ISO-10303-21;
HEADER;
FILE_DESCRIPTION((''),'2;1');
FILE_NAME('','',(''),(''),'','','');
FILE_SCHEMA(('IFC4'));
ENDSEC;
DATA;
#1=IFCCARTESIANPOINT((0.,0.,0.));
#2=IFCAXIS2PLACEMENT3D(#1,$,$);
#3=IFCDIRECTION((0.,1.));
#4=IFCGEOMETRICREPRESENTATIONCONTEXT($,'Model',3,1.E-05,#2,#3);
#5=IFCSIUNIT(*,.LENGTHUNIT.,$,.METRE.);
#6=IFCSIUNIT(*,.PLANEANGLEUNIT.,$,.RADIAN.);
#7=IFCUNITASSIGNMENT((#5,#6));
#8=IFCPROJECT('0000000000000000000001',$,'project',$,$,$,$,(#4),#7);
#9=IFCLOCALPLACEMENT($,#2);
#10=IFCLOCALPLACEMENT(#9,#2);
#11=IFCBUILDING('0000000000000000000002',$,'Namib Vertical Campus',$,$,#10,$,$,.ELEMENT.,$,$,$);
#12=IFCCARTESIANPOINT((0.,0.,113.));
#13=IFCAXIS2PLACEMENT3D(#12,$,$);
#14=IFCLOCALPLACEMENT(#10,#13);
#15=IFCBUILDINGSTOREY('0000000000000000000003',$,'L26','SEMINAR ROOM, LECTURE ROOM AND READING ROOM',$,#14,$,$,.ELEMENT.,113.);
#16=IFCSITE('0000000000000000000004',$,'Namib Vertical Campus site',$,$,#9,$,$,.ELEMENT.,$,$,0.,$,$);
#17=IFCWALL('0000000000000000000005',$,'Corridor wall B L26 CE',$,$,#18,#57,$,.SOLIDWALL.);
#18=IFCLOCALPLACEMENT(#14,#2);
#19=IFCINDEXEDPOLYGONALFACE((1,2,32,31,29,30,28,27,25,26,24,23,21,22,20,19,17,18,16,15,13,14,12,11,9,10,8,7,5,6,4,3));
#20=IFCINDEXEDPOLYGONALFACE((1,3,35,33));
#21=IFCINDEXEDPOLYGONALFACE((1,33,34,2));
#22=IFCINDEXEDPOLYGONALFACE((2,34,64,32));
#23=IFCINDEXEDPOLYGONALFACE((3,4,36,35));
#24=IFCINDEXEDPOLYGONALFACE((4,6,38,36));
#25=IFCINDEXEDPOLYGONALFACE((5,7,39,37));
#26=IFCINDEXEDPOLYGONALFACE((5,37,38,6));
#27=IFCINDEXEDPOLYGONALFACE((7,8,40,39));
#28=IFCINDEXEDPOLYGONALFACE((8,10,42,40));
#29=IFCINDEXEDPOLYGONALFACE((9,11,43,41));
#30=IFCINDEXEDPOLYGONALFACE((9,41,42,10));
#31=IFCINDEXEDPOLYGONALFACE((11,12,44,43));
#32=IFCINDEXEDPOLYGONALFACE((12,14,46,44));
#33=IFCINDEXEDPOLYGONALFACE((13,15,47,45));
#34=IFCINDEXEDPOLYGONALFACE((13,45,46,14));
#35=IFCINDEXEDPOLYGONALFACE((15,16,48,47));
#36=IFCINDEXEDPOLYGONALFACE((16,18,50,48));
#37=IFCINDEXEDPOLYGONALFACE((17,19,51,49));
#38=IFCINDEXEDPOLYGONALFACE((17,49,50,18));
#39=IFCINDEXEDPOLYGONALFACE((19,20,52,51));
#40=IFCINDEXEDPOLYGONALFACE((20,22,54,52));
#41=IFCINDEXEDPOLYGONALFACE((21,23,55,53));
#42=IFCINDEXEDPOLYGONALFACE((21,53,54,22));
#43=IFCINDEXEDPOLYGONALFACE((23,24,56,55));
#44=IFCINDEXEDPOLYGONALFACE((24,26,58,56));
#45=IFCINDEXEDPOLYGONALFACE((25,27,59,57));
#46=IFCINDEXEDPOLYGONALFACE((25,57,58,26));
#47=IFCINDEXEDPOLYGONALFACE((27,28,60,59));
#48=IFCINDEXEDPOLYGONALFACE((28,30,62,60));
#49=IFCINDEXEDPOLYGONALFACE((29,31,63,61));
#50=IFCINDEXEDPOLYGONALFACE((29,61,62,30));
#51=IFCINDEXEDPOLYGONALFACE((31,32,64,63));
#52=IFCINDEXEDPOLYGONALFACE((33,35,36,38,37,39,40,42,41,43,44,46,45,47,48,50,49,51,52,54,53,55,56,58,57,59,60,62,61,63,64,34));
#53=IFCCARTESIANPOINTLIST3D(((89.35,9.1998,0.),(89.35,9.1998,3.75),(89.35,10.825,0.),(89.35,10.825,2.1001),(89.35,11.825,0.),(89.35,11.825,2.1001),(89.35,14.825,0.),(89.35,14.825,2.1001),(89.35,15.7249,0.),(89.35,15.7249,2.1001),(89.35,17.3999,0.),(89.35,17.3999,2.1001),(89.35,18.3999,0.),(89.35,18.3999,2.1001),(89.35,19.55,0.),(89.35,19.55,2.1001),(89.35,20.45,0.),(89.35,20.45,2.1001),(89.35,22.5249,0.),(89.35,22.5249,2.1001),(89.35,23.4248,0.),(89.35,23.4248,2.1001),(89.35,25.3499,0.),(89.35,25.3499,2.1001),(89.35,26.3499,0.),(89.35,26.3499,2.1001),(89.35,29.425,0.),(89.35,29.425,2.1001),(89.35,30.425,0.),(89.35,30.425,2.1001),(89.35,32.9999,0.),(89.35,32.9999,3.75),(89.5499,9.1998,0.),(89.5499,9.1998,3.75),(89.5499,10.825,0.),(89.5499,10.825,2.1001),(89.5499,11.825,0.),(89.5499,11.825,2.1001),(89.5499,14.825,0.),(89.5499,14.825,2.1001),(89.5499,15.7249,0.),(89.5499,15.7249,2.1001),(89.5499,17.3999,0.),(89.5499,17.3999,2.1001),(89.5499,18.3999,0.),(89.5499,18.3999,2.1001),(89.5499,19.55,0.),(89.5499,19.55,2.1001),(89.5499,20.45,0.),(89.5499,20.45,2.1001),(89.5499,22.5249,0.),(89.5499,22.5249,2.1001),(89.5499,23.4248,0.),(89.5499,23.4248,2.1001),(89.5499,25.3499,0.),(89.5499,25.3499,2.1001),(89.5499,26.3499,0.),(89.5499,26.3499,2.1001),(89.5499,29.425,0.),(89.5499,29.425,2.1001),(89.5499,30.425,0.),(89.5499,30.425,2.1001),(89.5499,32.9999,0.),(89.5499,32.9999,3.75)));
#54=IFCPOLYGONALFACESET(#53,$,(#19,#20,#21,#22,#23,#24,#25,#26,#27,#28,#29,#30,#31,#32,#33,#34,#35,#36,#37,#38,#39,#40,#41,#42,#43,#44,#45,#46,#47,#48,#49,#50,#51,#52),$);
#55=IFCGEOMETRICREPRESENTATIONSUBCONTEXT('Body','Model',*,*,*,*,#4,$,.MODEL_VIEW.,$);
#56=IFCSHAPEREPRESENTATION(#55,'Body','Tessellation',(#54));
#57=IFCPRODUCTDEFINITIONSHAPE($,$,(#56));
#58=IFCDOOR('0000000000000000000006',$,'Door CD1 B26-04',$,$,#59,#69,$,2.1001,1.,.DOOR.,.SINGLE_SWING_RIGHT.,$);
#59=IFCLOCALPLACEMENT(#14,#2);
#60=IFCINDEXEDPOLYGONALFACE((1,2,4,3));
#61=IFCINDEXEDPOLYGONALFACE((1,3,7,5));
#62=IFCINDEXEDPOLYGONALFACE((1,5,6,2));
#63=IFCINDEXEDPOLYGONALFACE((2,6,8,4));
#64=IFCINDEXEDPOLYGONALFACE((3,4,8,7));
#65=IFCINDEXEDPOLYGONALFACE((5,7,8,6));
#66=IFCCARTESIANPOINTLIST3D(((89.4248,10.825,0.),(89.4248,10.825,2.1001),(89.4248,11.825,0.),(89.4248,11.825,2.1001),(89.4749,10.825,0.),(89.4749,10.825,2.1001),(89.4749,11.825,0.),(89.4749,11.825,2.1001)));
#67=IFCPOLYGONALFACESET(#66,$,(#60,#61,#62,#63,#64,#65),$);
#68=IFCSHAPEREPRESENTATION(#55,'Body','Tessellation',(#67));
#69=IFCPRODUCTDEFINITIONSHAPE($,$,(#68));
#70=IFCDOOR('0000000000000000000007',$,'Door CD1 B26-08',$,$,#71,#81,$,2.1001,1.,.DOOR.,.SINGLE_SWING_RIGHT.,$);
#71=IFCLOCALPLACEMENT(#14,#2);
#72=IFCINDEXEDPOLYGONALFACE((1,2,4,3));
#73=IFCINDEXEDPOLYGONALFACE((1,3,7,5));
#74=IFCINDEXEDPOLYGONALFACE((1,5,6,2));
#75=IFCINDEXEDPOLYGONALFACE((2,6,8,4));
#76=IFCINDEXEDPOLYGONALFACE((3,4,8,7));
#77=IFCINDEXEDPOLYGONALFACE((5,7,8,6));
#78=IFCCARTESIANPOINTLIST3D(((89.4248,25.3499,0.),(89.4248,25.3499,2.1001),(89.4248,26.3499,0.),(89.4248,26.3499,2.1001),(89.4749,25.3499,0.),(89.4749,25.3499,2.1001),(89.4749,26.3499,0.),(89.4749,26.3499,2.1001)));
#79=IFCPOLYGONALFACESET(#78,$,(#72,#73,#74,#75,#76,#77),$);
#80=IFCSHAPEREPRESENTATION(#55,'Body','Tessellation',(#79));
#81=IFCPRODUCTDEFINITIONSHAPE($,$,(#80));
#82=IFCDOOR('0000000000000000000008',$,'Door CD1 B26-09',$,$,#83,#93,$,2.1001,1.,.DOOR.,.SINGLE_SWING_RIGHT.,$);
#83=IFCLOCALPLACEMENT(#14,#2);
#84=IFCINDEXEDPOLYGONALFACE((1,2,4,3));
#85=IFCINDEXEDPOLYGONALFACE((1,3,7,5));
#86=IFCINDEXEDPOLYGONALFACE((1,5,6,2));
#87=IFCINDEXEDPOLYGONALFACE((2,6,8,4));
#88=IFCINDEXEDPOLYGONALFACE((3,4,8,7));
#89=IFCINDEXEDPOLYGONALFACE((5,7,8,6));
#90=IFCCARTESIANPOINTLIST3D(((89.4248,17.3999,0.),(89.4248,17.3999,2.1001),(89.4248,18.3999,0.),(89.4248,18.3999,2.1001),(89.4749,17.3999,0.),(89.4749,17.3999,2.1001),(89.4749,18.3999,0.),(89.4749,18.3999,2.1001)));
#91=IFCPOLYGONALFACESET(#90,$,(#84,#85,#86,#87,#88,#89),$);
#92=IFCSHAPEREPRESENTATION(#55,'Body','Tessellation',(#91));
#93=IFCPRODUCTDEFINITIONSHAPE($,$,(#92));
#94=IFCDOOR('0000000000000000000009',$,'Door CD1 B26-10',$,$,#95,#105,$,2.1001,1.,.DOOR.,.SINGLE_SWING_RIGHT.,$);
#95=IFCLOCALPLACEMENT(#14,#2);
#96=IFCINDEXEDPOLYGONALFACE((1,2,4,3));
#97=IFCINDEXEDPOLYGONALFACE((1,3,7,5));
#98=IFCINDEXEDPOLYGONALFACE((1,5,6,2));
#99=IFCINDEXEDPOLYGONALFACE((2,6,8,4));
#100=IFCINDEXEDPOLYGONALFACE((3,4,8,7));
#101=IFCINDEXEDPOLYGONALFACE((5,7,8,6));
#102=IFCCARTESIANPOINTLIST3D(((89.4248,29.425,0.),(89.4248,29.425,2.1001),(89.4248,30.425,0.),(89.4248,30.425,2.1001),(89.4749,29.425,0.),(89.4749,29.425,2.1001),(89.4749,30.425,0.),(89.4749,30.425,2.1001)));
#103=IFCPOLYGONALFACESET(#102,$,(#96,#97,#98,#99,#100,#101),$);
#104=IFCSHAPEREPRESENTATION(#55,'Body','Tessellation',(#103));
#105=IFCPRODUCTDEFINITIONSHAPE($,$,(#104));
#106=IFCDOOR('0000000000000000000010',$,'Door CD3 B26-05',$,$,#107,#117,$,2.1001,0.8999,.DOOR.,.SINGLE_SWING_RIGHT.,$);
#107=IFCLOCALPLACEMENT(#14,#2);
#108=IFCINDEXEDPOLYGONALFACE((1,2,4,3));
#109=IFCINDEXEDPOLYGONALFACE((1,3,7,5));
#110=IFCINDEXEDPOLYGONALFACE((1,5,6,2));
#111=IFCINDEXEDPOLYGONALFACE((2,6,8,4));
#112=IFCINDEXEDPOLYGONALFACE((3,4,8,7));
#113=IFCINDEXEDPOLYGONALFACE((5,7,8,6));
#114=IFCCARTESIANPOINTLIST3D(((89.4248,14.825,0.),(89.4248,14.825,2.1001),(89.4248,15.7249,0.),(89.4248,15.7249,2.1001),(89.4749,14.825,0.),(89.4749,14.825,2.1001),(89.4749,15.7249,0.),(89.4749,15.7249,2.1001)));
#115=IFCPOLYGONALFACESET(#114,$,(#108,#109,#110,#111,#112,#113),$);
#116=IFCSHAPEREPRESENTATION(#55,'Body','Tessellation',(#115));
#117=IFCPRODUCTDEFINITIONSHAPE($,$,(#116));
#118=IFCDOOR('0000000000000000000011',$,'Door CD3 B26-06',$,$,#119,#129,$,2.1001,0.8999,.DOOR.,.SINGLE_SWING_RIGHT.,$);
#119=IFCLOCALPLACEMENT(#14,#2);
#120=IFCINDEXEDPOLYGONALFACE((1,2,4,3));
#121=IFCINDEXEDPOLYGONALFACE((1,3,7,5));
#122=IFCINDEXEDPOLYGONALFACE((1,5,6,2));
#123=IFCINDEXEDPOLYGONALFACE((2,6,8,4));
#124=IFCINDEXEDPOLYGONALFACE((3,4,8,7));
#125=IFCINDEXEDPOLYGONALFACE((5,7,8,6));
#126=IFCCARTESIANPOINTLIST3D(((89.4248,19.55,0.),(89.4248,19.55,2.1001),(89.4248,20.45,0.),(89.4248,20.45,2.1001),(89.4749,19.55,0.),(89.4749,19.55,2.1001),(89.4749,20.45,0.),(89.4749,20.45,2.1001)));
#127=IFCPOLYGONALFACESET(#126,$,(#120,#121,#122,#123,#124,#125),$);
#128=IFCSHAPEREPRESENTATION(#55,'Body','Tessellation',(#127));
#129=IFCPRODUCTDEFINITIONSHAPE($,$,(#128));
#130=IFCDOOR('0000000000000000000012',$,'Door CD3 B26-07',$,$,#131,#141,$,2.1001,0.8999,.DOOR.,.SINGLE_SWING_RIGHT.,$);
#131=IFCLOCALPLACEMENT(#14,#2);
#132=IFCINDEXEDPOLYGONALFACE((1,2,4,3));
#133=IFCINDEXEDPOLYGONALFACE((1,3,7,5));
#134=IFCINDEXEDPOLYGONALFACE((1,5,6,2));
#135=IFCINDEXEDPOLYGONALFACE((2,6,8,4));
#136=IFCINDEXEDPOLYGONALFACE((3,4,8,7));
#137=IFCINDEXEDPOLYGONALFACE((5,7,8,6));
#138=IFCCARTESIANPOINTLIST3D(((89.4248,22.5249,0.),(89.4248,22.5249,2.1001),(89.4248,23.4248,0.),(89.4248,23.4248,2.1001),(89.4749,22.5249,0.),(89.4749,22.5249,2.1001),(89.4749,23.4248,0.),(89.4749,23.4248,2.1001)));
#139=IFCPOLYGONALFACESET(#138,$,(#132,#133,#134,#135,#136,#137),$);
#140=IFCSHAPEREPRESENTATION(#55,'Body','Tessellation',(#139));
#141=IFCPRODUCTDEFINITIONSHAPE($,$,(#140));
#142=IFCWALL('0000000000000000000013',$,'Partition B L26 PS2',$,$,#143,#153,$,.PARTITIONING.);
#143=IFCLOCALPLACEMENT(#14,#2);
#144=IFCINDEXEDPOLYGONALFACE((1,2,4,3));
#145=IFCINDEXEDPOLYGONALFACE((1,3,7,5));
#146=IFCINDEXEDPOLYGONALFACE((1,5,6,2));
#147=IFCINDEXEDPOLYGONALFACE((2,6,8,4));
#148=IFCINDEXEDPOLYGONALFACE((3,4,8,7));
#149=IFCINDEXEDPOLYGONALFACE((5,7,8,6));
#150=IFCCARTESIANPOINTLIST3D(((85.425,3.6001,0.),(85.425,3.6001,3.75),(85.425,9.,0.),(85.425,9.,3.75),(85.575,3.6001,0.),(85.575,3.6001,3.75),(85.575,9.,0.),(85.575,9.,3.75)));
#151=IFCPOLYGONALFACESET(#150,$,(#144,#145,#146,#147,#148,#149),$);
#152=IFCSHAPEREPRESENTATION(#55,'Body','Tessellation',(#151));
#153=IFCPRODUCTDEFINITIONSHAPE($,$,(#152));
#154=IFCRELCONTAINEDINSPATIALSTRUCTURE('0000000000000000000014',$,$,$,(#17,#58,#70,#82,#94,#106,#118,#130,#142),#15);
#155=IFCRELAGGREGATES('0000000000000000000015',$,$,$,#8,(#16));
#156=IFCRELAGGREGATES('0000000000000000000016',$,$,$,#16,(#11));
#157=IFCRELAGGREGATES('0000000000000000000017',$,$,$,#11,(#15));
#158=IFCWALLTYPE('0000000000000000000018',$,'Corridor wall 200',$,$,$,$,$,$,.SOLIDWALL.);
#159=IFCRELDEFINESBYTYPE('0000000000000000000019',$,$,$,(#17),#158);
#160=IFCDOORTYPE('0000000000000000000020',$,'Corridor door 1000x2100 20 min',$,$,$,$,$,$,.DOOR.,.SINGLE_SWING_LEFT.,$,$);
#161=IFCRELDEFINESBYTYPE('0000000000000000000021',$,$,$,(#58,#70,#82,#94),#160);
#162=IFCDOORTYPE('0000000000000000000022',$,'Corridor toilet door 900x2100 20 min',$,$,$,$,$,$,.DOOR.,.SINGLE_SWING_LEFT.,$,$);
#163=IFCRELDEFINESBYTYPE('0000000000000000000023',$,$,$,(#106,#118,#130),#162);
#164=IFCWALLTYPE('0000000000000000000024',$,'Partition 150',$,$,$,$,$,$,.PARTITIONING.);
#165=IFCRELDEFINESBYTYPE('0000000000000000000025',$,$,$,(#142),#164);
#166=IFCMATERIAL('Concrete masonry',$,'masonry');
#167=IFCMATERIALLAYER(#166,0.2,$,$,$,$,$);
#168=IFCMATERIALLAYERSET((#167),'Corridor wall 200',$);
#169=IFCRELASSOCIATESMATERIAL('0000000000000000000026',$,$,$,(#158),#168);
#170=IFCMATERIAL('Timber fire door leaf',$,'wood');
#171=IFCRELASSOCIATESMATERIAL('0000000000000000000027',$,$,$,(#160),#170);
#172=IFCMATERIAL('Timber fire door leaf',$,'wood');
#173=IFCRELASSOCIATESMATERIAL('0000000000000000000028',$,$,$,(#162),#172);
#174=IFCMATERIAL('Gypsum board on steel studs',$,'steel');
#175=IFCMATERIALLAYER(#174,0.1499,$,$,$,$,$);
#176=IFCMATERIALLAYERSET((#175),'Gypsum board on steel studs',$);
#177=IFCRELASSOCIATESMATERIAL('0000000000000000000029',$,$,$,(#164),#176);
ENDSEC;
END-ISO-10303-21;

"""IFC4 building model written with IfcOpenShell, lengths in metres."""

from ifc_helpers import new_model, si_unit, direction, frame, frame_2d, origin, place, context, subcontext, project, spatial, rectangle, extrude, material, layer, layer_set, type_object, element, fill, save


model = new_model("IFC4")

# Units and contexts
model_context = context("Model", 3, precision=1e-05, world=origin(), true_north=direction((0.0, 1.0)))
body_context = subcontext(model_context, "Body", "Model", "MODEL_VIEW")
ifc_project = project(units=[si_unit("LENGTHUNIT", "METRE"), si_unit("PLANEANGLEUNIT", "RADIAN")], contexts=[model_context])

# Site, building, storey
site_placement = place(None, origin())
site = spatial("IfcSite", under=ifc_project, at=site_placement, Name="Namib Vertical Campus site", CompositionType="ELEMENT", RefElevation=0.0)
building_placement = place(site_placement, origin())
building = spatial("IfcBuilding", under=site, at=building_placement, Name="Namib Vertical Campus", CompositionType="ELEMENT")
storey_placement = place(building_placement, frame((0.0, 0.0, 113.0)))
storey = spatial("IfcBuildingStorey", under=building, at=storey_placement, Name="L26", Description="SEMINAR ROOM, LECTURE ROOM AND READING ROOM", CompositionType="ELEMENT", Elevation=113.0)

# Wall, openings, doors
ifc_material_1 = material(Name="Concrete masonry", Category="masonry")
ifc_layer_1 = layer(ifc_material_1, 0.2)
ifc_layer_set_1 = layer_set([ifc_layer_1], Name="Corridor wall 200")
wall_type_1 = type_object("IfcWallType", Name="Corridor wall 200", PredefinedType="SOLIDWALL", material=ifc_layer_set_1)
wall_1_placement = place(storey_placement, frame((89.45, 9.2, 0.0), z_axis=(0.0, 0.0, 1.0), x_axis=(0.0, 1.0, 0.0)))
wall_1 = element("IfcWall", 1, at=wall_1_placement, inside=storey, type_object=wall_type_1, Name="Corridor wall B L26 CE", PredefinedType="SOLIDWALL", context=body_context, shape_type="SweptSolid", body=[
    extrude(rectangle(XDim=23.8, YDim=0.2, at=frame_2d((11.8999, 0.0))), origin(), (0.0, 0.0, 1.0), 3.75),
])
opening_1_placement = place(wall_1_placement, frame((1.625, 0.0, 0.0)))
opening_1 = element("IfcOpeningElement", 2, at=opening_1_placement, cuts=wall_1, PredefinedType="OPENING", context=body_context, shape_type="SweptSolid", body=[
    extrude(rectangle(XDim=1.0, YDim=2.1001, at=frame_2d((0.5, 1.05))), frame((0.0, 0.1099, 0.0), z_axis=(0.0, -1.0, 0.0), x_axis=(1.0, 0.0, 0.0)), (0.0, 0.0, 1.0), 0.22),
])
opening_2_placement = place(wall_1_placement, frame((5.625, 0.0, 0.0)))
opening_2 = element("IfcOpeningElement", 3, at=opening_2_placement, cuts=wall_1, PredefinedType="OPENING", context=body_context, shape_type="SweptSolid", body=[
    extrude(rectangle(XDim=0.8999, YDim=2.1001, at=frame_2d((0.45, 1.05))), frame((0.0, 0.1099, 0.0), z_axis=(0.0, -1.0, 0.0), x_axis=(1.0, 0.0, 0.0)), (0.0, 0.0, 1.0), 0.22),
])
opening_3_placement = place(wall_1_placement, frame((10.3501, 0.0, 0.0)))
opening_3 = element("IfcOpeningElement", 4, at=opening_3_placement, cuts=wall_1, PredefinedType="OPENING", context=body_context, shape_type="SweptSolid", body=[
    extrude(rectangle(XDim=0.8999, YDim=2.1001, at=frame_2d((0.45, 1.05))), frame((0.0, 0.1099, 0.0), z_axis=(0.0, -1.0, 0.0), x_axis=(1.0, 0.0, 0.0)), (0.0, 0.0, 1.0), 0.22),
])
opening_4_placement = place(wall_1_placement, frame((13.325, 0.0, 0.0)))
opening_4 = element("IfcOpeningElement", 5, at=opening_4_placement, cuts=wall_1, PredefinedType="OPENING", context=body_context, shape_type="SweptSolid", body=[
    extrude(rectangle(XDim=0.8999, YDim=2.1001, at=frame_2d((0.45, 1.05))), frame((0.0, 0.1099, 0.0), z_axis=(0.0, -1.0, 0.0), x_axis=(1.0, 0.0, 0.0)), (0.0, 0.0, 1.0), 0.22),
])
opening_5_placement = place(wall_1_placement, frame((16.1499, 0.0, 0.0)))
opening_5 = element("IfcOpeningElement", 6, at=opening_5_placement, cuts=wall_1, PredefinedType="OPENING", context=body_context, shape_type="SweptSolid", body=[
    extrude(rectangle(XDim=1.0, YDim=2.1001, at=frame_2d((0.5, 1.05))), frame((0.0, 0.1099, 0.0), z_axis=(0.0, -1.0, 0.0), x_axis=(1.0, 0.0, 0.0)), (0.0, 0.0, 1.0), 0.22),
])
opening_6_placement = place(wall_1_placement, frame((8.2, 0.0, 0.0)))
opening_6 = element("IfcOpeningElement", 7, at=opening_6_placement, cuts=wall_1, PredefinedType="OPENING", context=body_context, shape_type="SweptSolid", body=[
    extrude(rectangle(XDim=1.0, YDim=2.1001, at=frame_2d((0.5, 1.05))), frame((0.0, 0.1099, 0.0), z_axis=(0.0, -1.0, 0.0), x_axis=(1.0, 0.0, 0.0)), (0.0, 0.0, 1.0), 0.22),
])
opening_7_placement = place(wall_1_placement, frame((20.2251, 0.0, 0.0)))
opening_7 = element("IfcOpeningElement", 8, at=opening_7_placement, cuts=wall_1, PredefinedType="OPENING", context=body_context, shape_type="SweptSolid", body=[
    extrude(rectangle(XDim=1.0, YDim=2.1001, at=frame_2d((0.5, 1.05))), frame((0.0, 0.1099, 0.0), z_axis=(0.0, -1.0, 0.0), x_axis=(1.0, 0.0, 0.0)), (0.0, 0.0, 1.0), 0.22),
])
ifc_material_2 = material(Name="Timber fire door leaf", Category="wood")
door_type_1 = type_object("IfcDoorType", Name="Corridor door 1000x2100 20 min", OperationType="SINGLE_SWING_LEFT", PredefinedType="DOOR", material=ifc_material_2)
door_1_placement = place(opening_1_placement, frame((1.0, 0.0, 0.0), z_axis=(0.0, 0.0, 1.0), x_axis=(-1.0, 0.0, 0.0)))
door_1 = element("IfcDoor", 9, at=door_1_placement, inside=storey, type_object=door_type_1, Name="Door CD1 B26-04", OperationType="SINGLE_SWING_RIGHT", OverallHeight=2.1001, OverallWidth=1.0, PredefinedType="DOOR", context=body_context, shape_type="SweptSolid", body=[
    extrude(rectangle(XDim=1.0, YDim=2.1001, at=frame_2d((0.5, 1.05))), frame((0.0, 0.0249, 0.0), z_axis=(0.0, -1.0, 0.0), x_axis=(1.0, 0.0, 0.0)), (0.0, 0.0, 1.0), 0.05),
])
fill(opening_1, door_1)
door_2_placement = place(opening_5_placement, frame((1.0, 0.0, 0.0), z_axis=(0.0, 0.0, 1.0), x_axis=(-1.0, 0.0, 0.0)))
door_2 = element("IfcDoor", 10, at=door_2_placement, inside=storey, type_object=door_type_1, Name="Door CD1 B26-08", OperationType="SINGLE_SWING_RIGHT", OverallHeight=2.1001, OverallWidth=1.0, PredefinedType="DOOR", context=body_context, shape_type="SweptSolid", body=[
    extrude(rectangle(XDim=1.0, YDim=2.1001, at=frame_2d((0.5, 1.05))), frame((0.0, 0.0249, 0.0), z_axis=(0.0, -1.0, 0.0), x_axis=(1.0, 0.0, 0.0)), (0.0, 0.0, 1.0), 0.05),
])
fill(opening_5, door_2)
door_3_placement = place(opening_6_placement, frame((1.0, 0.0, 0.0), z_axis=(0.0, 0.0, 1.0), x_axis=(-1.0, 0.0, 0.0)))
door_3 = element("IfcDoor", 11, at=door_3_placement, inside=storey, type_object=door_type_1, Name="Door CD1 B26-09", OperationType="SINGLE_SWING_RIGHT", OverallHeight=2.1001, OverallWidth=1.0, PredefinedType="DOOR", context=body_context, shape_type="SweptSolid", body=[
    extrude(rectangle(XDim=1.0, YDim=2.1001, at=frame_2d((0.5, 1.05))), frame((0.0, 0.0249, 0.0), z_axis=(0.0, -1.0, 0.0), x_axis=(1.0, 0.0, 0.0)), (0.0, 0.0, 1.0), 0.05),
])
fill(opening_6, door_3)
door_4_placement = place(opening_7_placement, frame((1.0, 0.0, 0.0), z_axis=(0.0, 0.0, 1.0), x_axis=(-1.0, 0.0, 0.0)))
door_4 = element("IfcDoor", 12, at=door_4_placement, inside=storey, type_object=door_type_1, Name="Door CD1 B26-10", OperationType="SINGLE_SWING_RIGHT", OverallHeight=2.1001, OverallWidth=1.0, PredefinedType="DOOR", context=body_context, shape_type="SweptSolid", body=[
    extrude(rectangle(XDim=1.0, YDim=2.1001, at=frame_2d((0.5, 1.05))), frame((0.0, 0.0249, 0.0), z_axis=(0.0, -1.0, 0.0), x_axis=(1.0, 0.0, 0.0)), (0.0, 0.0, 1.0), 0.05),
])
fill(opening_7, door_4)
ifc_material_3 = material(Name="Timber fire door leaf", Category="wood")
door_type_2 = type_object("IfcDoorType", Name="Corridor toilet door 900x2100 20 min", OperationType="SINGLE_SWING_LEFT", PredefinedType="DOOR", material=ifc_material_3)
door_5_placement = place(opening_2_placement, frame((0.8999, 0.0, 0.0), z_axis=(0.0, 0.0, 1.0), x_axis=(-1.0, 0.0, 0.0)))
door_5 = element("IfcDoor", 13, at=door_5_placement, inside=storey, type_object=door_type_2, Name="Door CD3 B26-05", OperationType="SINGLE_SWING_RIGHT", OverallHeight=2.1001, OverallWidth=0.8999, PredefinedType="DOOR", context=body_context, shape_type="SweptSolid", body=[
    extrude(rectangle(XDim=0.8999, YDim=2.1001, at=frame_2d((0.45, 1.05))), frame((0.0, 0.0249, 0.0), z_axis=(0.0, -1.0, 0.0), x_axis=(1.0, 0.0, 0.0)), (0.0, 0.0, 1.0), 0.05),
])
fill(opening_2, door_5)
door_6_placement = place(opening_3_placement, frame((0.8999, 0.0, 0.0), z_axis=(0.0, 0.0, 1.0), x_axis=(-1.0, 0.0, 0.0)))
door_6 = element("IfcDoor", 14, at=door_6_placement, inside=storey, type_object=door_type_2, Name="Door CD3 B26-06", OperationType="SINGLE_SWING_RIGHT", OverallHeight=2.1001, OverallWidth=0.8999, PredefinedType="DOOR", context=body_context, shape_type="SweptSolid", body=[
    extrude(rectangle(XDim=0.8999, YDim=2.1001, at=frame_2d((0.45, 1.05))), frame((0.0, 0.0249, 0.0), z_axis=(0.0, -1.0, 0.0), x_axis=(1.0, 0.0, 0.0)), (0.0, 0.0, 1.0), 0.05),
])
fill(opening_3, door_6)
door_7_placement = place(opening_4_placement, frame((0.8999, 0.0, 0.0), z_axis=(0.0, 0.0, 1.0), x_axis=(-1.0, 0.0, 0.0)))
door_7 = element("IfcDoor", 15, at=door_7_placement, inside=storey, type_object=door_type_2, Name="Door CD3 B26-07", OperationType="SINGLE_SWING_RIGHT", OverallHeight=2.1001, OverallWidth=0.8999, PredefinedType="DOOR", context=body_context, shape_type="SweptSolid", body=[
    extrude(rectangle(XDim=0.8999, YDim=2.1001, at=frame_2d((0.45, 1.05))), frame((0.0, 0.0249, 0.0), z_axis=(0.0, -1.0, 0.0), x_axis=(1.0, 0.0, 0.0)), (0.0, 0.0, 1.0), 0.05),
])
fill(opening_4, door_7)

# Wall
ifc_material_4 = material(Name="Gypsum board on steel studs", Category="steel")
ifc_layer_2 = layer(ifc_material_4, 0.1499)
ifc_layer_set_2 = layer_set([ifc_layer_2], Name="Gypsum board on steel studs")
wall_type_2 = type_object("IfcWallType", Name="Partition 150", PredefinedType="PARTITIONING", material=ifc_layer_set_2)
wall_2_placement = place(storey_placement, frame((85.5, 3.6001, 0.0), z_axis=(0.0, 0.0, 1.0), x_axis=(0.0, 1.0, 0.0)))
element("IfcWall", 16, at=wall_2_placement, inside=storey, type_object=wall_type_2, Name="Partition B L26 PS2", PredefinedType="PARTITIONING", context=body_context, shape_type="SweptSolid", body=[
    extrude(rectangle(XDim=5.3999, YDim=0.1499, at=frame_2d((2.7, 0.0))), origin(), (0.0, 0.0, 1.0), 3.75),
])

save(model, "model.ifc")
